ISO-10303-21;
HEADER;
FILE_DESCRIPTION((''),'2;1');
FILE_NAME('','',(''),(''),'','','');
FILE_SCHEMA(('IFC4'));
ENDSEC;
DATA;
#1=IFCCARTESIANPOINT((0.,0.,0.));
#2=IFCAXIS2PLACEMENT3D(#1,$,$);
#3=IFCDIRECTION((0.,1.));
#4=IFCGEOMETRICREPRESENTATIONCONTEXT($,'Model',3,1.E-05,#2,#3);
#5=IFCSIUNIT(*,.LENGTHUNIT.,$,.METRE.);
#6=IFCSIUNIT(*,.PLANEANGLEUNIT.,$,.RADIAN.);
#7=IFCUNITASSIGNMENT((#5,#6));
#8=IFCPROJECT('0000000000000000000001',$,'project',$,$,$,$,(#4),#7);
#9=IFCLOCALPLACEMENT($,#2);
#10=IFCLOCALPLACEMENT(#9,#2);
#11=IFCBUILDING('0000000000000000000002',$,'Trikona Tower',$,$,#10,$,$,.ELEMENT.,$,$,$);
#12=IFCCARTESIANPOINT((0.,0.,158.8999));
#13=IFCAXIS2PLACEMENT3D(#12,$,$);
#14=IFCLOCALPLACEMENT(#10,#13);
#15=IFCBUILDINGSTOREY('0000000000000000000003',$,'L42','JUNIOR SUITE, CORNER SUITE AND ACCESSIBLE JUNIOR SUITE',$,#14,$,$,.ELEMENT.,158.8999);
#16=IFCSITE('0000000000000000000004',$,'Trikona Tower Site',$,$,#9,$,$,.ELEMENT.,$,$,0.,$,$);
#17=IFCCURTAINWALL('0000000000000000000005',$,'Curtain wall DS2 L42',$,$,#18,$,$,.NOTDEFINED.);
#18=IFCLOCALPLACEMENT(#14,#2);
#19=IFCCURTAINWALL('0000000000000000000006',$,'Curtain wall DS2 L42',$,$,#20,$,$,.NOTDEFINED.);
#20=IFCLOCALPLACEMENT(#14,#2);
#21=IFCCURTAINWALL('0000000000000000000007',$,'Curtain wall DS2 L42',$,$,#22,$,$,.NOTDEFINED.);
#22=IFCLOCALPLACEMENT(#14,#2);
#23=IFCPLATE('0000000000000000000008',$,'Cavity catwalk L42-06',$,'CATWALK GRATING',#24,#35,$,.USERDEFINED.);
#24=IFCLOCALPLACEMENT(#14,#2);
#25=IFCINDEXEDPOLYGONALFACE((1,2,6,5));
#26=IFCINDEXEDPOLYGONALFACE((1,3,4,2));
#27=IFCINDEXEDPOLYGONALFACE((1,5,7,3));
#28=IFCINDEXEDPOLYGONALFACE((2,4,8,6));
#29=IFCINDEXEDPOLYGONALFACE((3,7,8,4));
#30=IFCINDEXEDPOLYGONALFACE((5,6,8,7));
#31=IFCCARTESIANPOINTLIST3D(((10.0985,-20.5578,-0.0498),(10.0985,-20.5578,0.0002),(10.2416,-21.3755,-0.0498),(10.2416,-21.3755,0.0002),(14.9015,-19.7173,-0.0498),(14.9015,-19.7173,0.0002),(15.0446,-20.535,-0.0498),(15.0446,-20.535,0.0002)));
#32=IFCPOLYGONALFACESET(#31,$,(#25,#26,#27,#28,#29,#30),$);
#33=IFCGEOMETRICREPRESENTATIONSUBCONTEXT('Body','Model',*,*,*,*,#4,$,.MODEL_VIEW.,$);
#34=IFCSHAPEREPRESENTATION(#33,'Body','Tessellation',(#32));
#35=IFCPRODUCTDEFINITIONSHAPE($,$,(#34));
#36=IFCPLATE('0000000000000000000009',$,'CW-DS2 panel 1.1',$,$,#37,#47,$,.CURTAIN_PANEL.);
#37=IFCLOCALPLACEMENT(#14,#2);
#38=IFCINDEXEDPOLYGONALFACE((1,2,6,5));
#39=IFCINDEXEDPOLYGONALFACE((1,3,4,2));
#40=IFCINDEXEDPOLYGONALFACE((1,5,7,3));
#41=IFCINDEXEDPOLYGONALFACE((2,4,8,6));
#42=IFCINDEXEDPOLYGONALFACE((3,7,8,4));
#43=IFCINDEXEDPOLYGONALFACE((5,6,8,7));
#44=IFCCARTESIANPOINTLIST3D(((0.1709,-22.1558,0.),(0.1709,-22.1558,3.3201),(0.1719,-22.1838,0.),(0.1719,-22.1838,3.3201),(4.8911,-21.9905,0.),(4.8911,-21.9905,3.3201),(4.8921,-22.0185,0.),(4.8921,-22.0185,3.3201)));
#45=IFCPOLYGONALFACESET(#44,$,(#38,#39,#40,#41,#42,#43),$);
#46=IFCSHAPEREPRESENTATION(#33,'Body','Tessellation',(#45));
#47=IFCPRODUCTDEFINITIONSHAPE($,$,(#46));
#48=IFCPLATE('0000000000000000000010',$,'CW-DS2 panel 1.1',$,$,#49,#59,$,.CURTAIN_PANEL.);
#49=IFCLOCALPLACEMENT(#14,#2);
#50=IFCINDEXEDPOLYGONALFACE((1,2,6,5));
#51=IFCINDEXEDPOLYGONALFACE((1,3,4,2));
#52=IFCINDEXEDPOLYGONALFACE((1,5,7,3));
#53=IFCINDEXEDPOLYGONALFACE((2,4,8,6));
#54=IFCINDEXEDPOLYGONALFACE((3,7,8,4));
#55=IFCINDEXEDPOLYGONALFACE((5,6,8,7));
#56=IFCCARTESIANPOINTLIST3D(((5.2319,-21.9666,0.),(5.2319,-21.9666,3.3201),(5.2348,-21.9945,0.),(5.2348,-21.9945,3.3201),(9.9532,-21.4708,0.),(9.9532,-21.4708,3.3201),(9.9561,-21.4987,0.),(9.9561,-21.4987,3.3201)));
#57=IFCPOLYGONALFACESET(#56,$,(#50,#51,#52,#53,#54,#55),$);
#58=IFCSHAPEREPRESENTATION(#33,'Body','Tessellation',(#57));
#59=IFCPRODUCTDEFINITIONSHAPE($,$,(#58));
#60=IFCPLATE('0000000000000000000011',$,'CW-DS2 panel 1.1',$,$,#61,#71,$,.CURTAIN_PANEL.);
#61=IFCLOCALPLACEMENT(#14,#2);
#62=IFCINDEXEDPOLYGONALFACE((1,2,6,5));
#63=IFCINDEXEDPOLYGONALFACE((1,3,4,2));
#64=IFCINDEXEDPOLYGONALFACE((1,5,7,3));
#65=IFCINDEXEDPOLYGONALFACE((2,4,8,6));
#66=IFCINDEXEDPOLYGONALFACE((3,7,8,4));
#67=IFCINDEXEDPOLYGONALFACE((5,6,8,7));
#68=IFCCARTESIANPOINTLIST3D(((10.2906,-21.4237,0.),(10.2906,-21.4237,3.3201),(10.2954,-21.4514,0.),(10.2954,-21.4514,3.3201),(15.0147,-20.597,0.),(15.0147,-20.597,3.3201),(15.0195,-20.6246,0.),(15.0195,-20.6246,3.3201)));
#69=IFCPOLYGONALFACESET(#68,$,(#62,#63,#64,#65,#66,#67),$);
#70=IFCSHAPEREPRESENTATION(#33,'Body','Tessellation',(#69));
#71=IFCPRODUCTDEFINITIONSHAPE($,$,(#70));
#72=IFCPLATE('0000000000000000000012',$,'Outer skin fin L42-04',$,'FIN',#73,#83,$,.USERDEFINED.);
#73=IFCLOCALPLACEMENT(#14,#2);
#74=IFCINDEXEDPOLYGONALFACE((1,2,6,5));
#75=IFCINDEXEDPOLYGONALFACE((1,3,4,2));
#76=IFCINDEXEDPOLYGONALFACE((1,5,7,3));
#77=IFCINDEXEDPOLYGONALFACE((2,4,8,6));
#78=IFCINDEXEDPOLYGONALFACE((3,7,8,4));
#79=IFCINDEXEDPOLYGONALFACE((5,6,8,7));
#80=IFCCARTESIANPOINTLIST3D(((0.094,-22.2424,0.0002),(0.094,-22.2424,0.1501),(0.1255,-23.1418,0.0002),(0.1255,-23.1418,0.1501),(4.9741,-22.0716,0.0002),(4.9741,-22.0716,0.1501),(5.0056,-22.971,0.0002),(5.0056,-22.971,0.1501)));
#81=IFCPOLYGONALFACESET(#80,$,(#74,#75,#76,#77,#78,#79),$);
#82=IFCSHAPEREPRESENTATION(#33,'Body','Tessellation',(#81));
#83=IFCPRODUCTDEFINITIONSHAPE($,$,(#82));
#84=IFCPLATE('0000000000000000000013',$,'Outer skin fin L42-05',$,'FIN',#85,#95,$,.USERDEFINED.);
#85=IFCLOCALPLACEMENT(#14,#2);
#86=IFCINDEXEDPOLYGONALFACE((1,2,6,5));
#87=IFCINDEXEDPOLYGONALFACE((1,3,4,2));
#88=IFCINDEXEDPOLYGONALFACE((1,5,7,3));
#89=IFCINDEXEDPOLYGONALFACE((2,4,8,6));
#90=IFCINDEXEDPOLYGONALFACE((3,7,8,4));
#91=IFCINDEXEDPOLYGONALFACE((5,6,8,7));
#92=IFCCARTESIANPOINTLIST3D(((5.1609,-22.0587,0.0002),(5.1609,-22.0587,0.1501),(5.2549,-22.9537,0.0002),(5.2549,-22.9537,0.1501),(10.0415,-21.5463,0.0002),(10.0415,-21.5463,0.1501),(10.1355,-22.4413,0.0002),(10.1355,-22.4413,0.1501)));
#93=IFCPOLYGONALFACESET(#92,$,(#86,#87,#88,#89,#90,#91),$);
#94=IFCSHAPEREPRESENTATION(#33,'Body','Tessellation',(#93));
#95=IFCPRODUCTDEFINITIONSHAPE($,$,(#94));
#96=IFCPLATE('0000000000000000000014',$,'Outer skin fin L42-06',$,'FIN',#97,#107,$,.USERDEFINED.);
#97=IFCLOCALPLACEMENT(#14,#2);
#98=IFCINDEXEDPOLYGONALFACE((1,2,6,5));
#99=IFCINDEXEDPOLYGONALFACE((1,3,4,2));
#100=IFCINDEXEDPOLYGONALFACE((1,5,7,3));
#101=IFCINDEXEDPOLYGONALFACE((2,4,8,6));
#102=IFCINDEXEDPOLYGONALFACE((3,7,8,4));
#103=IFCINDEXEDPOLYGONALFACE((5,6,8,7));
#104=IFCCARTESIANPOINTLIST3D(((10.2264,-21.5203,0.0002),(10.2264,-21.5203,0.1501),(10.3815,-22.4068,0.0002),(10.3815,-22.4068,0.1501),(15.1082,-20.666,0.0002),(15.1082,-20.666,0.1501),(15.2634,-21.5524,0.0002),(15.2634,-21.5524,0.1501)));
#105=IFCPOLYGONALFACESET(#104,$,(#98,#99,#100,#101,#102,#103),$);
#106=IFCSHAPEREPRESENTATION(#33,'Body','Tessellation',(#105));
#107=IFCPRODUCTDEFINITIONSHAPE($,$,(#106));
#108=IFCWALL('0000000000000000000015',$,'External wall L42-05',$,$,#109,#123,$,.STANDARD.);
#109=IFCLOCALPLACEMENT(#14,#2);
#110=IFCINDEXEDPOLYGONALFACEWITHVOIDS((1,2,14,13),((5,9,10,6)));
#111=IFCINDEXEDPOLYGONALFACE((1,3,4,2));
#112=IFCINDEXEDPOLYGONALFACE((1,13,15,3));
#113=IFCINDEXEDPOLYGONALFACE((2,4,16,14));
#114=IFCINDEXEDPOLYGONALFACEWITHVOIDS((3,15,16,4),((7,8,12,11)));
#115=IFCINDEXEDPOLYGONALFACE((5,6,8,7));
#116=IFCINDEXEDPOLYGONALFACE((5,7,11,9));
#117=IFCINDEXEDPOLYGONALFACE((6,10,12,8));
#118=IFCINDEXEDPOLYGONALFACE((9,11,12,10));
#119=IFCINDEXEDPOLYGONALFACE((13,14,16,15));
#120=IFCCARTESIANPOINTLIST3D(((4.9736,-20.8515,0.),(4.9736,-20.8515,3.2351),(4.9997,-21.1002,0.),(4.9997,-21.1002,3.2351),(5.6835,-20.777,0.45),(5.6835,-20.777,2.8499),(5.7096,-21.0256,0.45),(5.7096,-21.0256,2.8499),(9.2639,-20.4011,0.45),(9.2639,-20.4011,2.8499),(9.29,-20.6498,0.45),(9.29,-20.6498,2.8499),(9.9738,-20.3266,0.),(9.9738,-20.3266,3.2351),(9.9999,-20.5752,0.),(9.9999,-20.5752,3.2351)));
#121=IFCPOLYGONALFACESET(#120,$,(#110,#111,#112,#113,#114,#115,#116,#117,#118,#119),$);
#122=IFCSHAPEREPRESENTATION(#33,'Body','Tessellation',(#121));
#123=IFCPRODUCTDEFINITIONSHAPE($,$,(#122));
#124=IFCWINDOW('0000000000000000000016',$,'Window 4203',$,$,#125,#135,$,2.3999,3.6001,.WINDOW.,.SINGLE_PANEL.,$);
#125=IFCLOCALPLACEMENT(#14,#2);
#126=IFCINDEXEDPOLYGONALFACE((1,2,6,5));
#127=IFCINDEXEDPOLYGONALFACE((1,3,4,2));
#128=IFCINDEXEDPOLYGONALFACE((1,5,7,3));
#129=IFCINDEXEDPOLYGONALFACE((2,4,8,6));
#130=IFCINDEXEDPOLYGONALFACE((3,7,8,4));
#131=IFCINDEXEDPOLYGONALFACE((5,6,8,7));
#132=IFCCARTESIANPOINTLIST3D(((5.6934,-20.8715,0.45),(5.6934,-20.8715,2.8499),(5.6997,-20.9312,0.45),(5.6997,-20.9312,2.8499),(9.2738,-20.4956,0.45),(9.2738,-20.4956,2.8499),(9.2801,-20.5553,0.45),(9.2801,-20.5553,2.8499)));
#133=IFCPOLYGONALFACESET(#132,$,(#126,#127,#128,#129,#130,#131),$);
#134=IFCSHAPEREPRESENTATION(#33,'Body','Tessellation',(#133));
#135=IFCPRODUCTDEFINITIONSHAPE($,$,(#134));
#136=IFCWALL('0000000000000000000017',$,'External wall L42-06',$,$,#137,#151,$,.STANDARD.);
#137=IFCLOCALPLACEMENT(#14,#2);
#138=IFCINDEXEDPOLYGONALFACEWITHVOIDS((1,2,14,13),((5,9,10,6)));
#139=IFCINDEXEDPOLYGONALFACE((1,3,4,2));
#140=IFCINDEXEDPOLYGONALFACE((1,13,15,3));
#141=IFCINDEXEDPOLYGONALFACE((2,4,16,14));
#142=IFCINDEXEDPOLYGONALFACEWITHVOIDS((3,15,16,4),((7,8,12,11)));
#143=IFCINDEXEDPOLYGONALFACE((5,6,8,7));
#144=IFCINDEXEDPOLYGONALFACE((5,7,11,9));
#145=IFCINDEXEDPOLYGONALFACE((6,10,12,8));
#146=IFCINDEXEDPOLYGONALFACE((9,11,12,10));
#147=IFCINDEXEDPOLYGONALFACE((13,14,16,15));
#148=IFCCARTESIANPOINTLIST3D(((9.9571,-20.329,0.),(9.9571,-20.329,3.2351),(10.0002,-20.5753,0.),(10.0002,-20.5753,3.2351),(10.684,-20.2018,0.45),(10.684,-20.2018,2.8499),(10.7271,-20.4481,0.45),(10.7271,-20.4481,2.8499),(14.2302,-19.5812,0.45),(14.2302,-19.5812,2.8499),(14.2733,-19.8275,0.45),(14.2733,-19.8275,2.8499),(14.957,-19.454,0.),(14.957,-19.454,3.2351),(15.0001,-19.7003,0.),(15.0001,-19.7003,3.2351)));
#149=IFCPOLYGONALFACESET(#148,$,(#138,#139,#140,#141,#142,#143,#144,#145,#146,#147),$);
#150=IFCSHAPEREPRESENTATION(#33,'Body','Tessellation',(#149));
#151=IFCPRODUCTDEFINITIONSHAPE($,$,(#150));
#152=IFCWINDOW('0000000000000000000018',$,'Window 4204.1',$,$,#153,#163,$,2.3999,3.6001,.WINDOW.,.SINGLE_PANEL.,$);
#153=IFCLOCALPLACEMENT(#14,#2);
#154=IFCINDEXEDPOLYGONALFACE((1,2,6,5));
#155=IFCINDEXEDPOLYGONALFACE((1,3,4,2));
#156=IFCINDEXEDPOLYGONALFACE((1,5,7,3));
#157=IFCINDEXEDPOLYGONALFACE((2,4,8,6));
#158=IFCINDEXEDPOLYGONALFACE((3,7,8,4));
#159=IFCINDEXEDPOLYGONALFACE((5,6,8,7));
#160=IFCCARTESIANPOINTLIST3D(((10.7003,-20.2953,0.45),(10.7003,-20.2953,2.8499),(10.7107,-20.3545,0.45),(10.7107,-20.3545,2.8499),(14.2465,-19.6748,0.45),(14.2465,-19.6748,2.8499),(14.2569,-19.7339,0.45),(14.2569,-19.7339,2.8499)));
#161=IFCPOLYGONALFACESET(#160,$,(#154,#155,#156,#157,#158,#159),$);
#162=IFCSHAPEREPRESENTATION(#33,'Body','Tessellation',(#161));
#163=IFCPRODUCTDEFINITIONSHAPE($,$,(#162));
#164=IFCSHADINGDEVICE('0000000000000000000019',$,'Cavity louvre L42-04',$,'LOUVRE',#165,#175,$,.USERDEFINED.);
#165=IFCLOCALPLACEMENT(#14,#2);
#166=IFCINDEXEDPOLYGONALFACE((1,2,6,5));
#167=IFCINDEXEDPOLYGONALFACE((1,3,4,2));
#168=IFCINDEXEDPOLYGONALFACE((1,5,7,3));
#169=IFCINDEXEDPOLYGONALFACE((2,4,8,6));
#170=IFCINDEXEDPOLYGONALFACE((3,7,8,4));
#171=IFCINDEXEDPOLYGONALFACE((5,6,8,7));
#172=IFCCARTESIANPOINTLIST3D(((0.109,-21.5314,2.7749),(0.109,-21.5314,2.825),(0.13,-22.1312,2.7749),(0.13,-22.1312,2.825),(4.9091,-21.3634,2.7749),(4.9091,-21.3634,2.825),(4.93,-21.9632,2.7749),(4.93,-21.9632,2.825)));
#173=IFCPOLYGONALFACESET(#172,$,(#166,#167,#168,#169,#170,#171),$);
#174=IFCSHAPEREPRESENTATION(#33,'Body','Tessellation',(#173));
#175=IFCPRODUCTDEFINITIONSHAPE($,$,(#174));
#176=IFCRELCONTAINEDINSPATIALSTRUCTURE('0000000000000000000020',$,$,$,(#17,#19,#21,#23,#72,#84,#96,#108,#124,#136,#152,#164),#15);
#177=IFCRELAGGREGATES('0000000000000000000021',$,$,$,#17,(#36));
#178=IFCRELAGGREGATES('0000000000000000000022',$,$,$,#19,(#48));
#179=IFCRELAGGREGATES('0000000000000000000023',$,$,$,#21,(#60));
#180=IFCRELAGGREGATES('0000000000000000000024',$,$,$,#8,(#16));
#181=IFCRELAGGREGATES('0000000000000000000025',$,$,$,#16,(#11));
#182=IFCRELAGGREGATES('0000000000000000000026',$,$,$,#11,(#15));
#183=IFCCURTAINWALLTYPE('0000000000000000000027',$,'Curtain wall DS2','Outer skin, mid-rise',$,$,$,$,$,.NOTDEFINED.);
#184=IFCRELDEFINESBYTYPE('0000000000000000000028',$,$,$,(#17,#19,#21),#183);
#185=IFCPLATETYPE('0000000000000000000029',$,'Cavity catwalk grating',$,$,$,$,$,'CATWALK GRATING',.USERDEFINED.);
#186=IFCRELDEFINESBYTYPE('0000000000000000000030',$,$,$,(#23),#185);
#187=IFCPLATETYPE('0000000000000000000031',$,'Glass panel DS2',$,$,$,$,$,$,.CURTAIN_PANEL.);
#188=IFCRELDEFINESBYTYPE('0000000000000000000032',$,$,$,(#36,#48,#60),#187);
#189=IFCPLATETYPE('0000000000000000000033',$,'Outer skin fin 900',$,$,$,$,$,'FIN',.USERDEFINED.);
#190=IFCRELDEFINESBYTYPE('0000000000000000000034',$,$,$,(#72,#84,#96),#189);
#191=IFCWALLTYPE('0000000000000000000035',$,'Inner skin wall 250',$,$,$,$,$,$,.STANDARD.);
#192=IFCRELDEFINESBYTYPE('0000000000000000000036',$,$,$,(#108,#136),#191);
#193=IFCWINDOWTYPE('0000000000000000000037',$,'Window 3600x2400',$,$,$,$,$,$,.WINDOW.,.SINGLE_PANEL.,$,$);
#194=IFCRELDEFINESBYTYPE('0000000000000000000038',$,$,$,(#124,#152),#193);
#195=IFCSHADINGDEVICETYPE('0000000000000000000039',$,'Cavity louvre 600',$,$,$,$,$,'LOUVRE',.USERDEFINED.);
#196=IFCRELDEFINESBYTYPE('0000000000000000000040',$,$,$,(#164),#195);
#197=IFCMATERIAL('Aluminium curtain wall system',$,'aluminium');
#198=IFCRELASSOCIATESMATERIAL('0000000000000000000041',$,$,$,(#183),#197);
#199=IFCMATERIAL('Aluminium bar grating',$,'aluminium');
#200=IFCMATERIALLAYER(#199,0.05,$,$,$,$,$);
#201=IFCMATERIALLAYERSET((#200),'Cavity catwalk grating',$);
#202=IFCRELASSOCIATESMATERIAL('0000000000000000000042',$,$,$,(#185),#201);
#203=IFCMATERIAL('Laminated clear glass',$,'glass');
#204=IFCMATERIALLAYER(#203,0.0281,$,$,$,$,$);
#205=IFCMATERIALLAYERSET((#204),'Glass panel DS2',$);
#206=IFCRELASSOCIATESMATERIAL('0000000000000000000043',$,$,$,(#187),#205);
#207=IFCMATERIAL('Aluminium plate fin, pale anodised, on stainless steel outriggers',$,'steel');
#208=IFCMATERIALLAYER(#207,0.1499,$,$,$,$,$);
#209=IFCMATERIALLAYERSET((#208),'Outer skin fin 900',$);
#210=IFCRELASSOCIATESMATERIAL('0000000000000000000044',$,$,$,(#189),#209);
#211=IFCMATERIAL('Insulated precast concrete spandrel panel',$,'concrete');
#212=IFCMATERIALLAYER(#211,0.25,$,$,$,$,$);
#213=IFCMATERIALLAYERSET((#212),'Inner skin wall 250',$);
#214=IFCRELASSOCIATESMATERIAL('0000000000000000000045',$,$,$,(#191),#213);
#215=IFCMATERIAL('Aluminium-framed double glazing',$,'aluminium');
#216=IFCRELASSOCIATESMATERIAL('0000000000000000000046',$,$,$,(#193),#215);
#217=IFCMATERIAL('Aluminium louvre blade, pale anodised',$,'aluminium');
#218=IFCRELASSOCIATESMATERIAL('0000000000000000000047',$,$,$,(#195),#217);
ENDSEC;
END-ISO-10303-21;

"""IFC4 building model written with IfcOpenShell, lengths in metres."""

from ifc_helpers import new_model, si_unit, direction, frame, frame_2d, origin, origin_2d, place, context, subcontext, project, spatial, rectangle, extrude, material, layer, layer_set, type_object, element, fill, aggregate, save


model = new_model("IFC4")

# Units and contexts
model_context = context("Model", 3, precision=1e-05, world=origin(), true_north=direction((0.0, 1.0)))
body_context = subcontext(model_context, "Body", "Model", "MODEL_VIEW")
ifc_project = project(units=[si_unit("LENGTHUNIT", "METRE"), si_unit("PLANEANGLEUNIT", "RADIAN")], contexts=[model_context])

# Site, building, storey
site_placement = place(None, origin())
site = spatial("IfcSite", under=ifc_project, at=site_placement, Name="Trikona Tower Site", CompositionType="ELEMENT", RefElevation=0.0)
building_placement = place(site_placement, origin())
building = spatial("IfcBuilding", under=site, at=building_placement, Name="Trikona Tower", CompositionType="ELEMENT")
storey_placement = place(building_placement, frame((0.0, 0.0, 158.8999)))
storey = spatial("IfcBuildingStorey", under=building, at=storey_placement, Name="L42", Description="JUNIOR SUITE, CORNER SUITE AND ACCESSIBLE JUNIOR SUITE", CompositionType="ELEMENT", Elevation=158.8999)

# Curtain walls
ifc_material_1 = material(Name="Aluminium curtain wall system", Category="aluminium")
curtain_wall_type = type_object("IfcCurtainWallType", Name="Curtain wall DS2", Description="Outer skin, mid-rise", PredefinedType="NOTDEFINED", material=ifc_material_1)
curtain_wall_1_placement = place(storey_placement, origin())
curtain_wall_1 = element("IfcCurtainWall", 1, at=curtain_wall_1_placement, inside=storey, type_object=curtain_wall_type, Name="Curtain wall DS2 L42", PredefinedType="NOTDEFINED")
curtain_wall_2_placement = place(storey_placement, origin())
curtain_wall_2 = element("IfcCurtainWall", 2, at=curtain_wall_2_placement, inside=storey, type_object=curtain_wall_type, Name="Curtain wall DS2 L42", PredefinedType="NOTDEFINED")

# Curtain wall
curtain_wall_3_placement = place(storey_placement, origin())
curtain_wall_3 = element("IfcCurtainWall", 3, at=curtain_wall_3_placement, inside=storey, type_object=curtain_wall_type, Name="Curtain wall DS2 L42", PredefinedType="NOTDEFINED")

# Plate
ifc_material_2 = material(Name="Aluminium bar grating", Category="aluminium")
ifc_layer_1 = layer(ifc_material_2, 0.05)
ifc_layer_set_1 = layer_set([ifc_layer_1], Name="Cavity catwalk grating")
plate_type_1 = type_object("IfcPlateType", Name="Cavity catwalk grating", ElementType="CATWALK GRATING", PredefinedType="USERDEFINED", material=ifc_layer_set_1)
plate_1_placement = place(storey_placement, frame((12.5715, -20.5464, -0.0498), z_axis=(0.0, 0.0, 1.0), x_axis=(0.985031, 0.17238, 0.0)))
element("IfcPlate", 4, at=plate_1_placement, inside=storey, type_object=plate_type_1, Name="Cavity catwalk L42-06", ObjectType="CATWALK GRATING", PredefinedType="USERDEFINED", context=body_context, shape_type="SweptSolid", body=[
    extrude(rectangle(XDim=4.876, YDim=0.8301, at=origin_2d()), origin(), (0.0, 0.0, 1.0), 0.05),
])

# Plates
ifc_material_3 = material(Name="Laminated clear glass", Category="glass")
ifc_layer_2 = layer(ifc_material_3, 0.0281)
ifc_layer_set_2 = layer_set([ifc_layer_2], Name="Glass panel DS2")
plate_type_2 = type_object("IfcPlateType", Name="Glass panel DS2", PredefinedType="CURTAIN_PANEL", material=ifc_layer_set_2)
plate_2_placement = place(storey_placement, frame((2.5315, -22.0872, 0.0), z_axis=(0.0, 0.0, 1.0), x_axis=(0.999387, 0.034998, 0.0)))
plate_2 = element("IfcPlate", 5, at=plate_2_placement, type_object=plate_type_2, Name="CW-DS2 panel 1.1", PredefinedType="CURTAIN_PANEL", context=body_context, shape_type="SweptSolid", body=[
    extrude(rectangle(XDim=4.7231, YDim=0.0281, at=origin_2d()), origin(), (0.0, 0.0, 1.0), 3.3201),
])
aggregate(curtain_wall_1, [plate_2])
plate_3_placement = place(storey_placement, frame((7.594, -21.7327, 0.0), z_axis=(0.0, 0.0, 1.0), x_axis=(0.994532, 0.104433, 0.0)))
plate_3 = element("IfcPlate", 6, at=plate_3_placement, type_object=plate_type_2, Name="CW-DS2 panel 1.1", PredefinedType="CURTAIN_PANEL", context=body_context, shape_type="SweptSolid", body=[
    extrude(rectangle(XDim=4.7473, YDim=0.0281, at=origin_2d()), origin(), (0.0, 0.0, 1.0), 3.3201),
])
aggregate(curtain_wall_2, [plate_3])
plate_4_placement = place(storey_placement, frame((12.655, -21.0242, 0.0), z_axis=(0.0, 0.0, 1.0), x_axis=(0.985031, 0.172377, 0.0)))
plate_4 = element("IfcPlate", 7, at=plate_4_placement, type_object=plate_type_2, Name="CW-DS2 panel 1.1", PredefinedType="CURTAIN_PANEL", context=body_context, shape_type="SweptSolid", body=[
    extrude(rectangle(XDim=4.7959, YDim=0.0281, at=origin_2d()), origin(), (0.0, 0.0, 1.0), 3.3201),
])
aggregate(curtain_wall_3, [plate_4])

# Plates
ifc_material_4 = material(Name="Aluminium plate fin, pale anodised, on stainless steel outriggers", Category="steel")
ifc_layer_3 = layer(ifc_material_4, 0.1499)
ifc_layer_set_3 = layer_set([ifc_layer_3], Name="Outer skin fin 900")
plate_type_3 = type_object("IfcPlateType", Name="Outer skin fin 900", ElementType="FIN", PredefinedType="USERDEFINED", material=ifc_layer_set_3)
plate_5_placement = place(storey_placement, frame((2.5498, -22.6067, 0.0002), z_axis=(0.0, 0.0, 1.0), x_axis=(0.999388, 0.034978, 0.0)))
element("IfcPlate", 8, at=plate_5_placement, inside=storey, type_object=plate_type_3, Name="Outer skin fin L42-04", ObjectType="FIN", PredefinedType="USERDEFINED", context=body_context, shape_type="SweptSolid", body=[
    extrude(rectangle(XDim=4.8831, YDim=0.8999, at=origin_2d()), origin(), (0.0, 0.0, 1.0), 0.1499),
])
plate_6_placement = place(storey_placement, frame((7.6482, -22.25, 0.0002), z_axis=(0.0, 0.0, 1.0), x_axis=(0.994533, 0.104426, 0.0)))
element("IfcPlate", 9, at=plate_6_placement, inside=storey, type_object=plate_type_3, Name="Outer skin fin L42-05", ObjectType="FIN", PredefinedType="USERDEFINED", context=body_context, shape_type="SweptSolid", body=[
    extrude(rectangle(XDim=4.9075, YDim=0.8999, at=origin_2d()), origin(), (0.0, 0.0, 1.0), 0.1499),
])
plate_7_placement = place(storey_placement, frame((12.7449, -21.5364, 0.0002), z_axis=(0.0, 0.0, 1.0), x_axis=(0.985031, 0.17238, 0.0)))
element("IfcPlate", 10, at=plate_7_placement, inside=storey, type_object=plate_type_3, Name="Outer skin fin L42-06", ObjectType="FIN", PredefinedType="USERDEFINED", context=body_context, shape_type="SweptSolid", body=[
    extrude(rectangle(XDim=4.9561, YDim=0.8999, at=origin_2d()), origin(), (0.0, 0.0, 1.0), 0.1499),
])

# Walls, openings, windows
ifc_material_5 = material(Name="Insulated precast concrete spandrel panel", Category="concrete")
ifc_layer_4 = layer(ifc_material_5, 0.25)
ifc_layer_set_4 = layer_set([ifc_layer_4], Name="Inner skin wall 250")
wall_type = type_object("IfcWallType", Name="Inner skin wall 250", PredefinedType="STANDARD", material=ifc_layer_set_4)
wall_1_placement = place(storey_placement, frame((4.9868, -20.9758, 0.0), z_axis=(0.0, 0.0, 1.0), x_axis=(0.994535, 0.104407, 0.0)))
wall_1 = element("IfcWall", 11, at=wall_1_placement, inside=storey, type_object=wall_type, Name="External wall L42-05", PredefinedType="STANDARD", context=body_context, shape_type="SweptSolid", body=[
    extrude(rectangle(XDim=5.0276, YDim=0.25, at=frame_2d((2.5137, 0.0))), origin(), (0.0, 0.0, 1.0), 3.2351),
])
opening_1_placement = place(wall_1_placement, frame((0.7136, 0.0, 0.45)))
opening_1 = element("IfcOpeningElement", 12, at=opening_1_placement, cuts=wall_1, PredefinedType="OPENING", context=body_context, shape_type="SweptSolid", body=[
    extrude(rectangle(XDim=3.6001, YDim=2.3999, at=frame_2d((1.8, 1.2))), frame((0.0, 0.135, 0.0), z_axis=(0.0, -1.0, 0.0), x_axis=(1.0, 0.0, 0.0)), (0.0, 0.0, 1.0), 0.27),
])
ifc_material_6 = material(Name="Aluminium-framed double glazing", Category="aluminium")
window_type = type_object("IfcWindowType", Name="Window 3600x2400", PartitioningType="SINGLE_PANEL", PredefinedType="WINDOW", material=ifc_material_6)
window_1_placement = place(opening_1_placement, origin())
window_1 = element("IfcWindow", 13, at=window_1_placement, inside=storey, type_object=window_type, Name="Window 4203", OverallHeight=2.3999, OverallWidth=3.6001, PartitioningType="SINGLE_PANEL", PredefinedType="WINDOW", context=body_context, shape_type="SweptSolid", body=[
    extrude(rectangle(XDim=3.6001, YDim=2.3999, at=frame_2d((1.8, 1.2))), frame((0.0, 0.03, 0.0), z_axis=(0.0, -1.0, 0.0), x_axis=(1.0, 0.0, 0.0)), (0.0, 0.0, 1.0), 0.0601),
])
fill(opening_1, window_1)
wall_2_placement = place(storey_placement, frame((9.9785, -20.4521, 0.0), z_axis=(0.0, 0.0, 1.0), x_axis=(0.98503, 0.17238, 0.0)))
wall_2 = element("IfcWall", 14, at=wall_2_placement, inside=storey, type_object=wall_type, Name="External wall L42-06", PredefinedType="STANDARD", context=body_context, shape_type="SweptSolid", body=[
    extrude(rectangle(XDim=5.0759, YDim=0.25, at=frame_2d((2.5381, 0.0))), origin(), (0.0, 0.0, 1.0), 3.2351),
])
opening_2_placement = place(wall_2_placement, frame((0.738, 0.0, 0.45)))
opening_2 = element("IfcOpeningElement", 15, at=opening_2_placement, cuts=wall_2, PredefinedType="OPENING", context=body_context, shape_type="SweptSolid", body=[
    extrude(rectangle(XDim=3.6001, YDim=2.3999, at=frame_2d((1.8, 1.2))), frame((0.0, 0.135, 0.0), z_axis=(0.0, -1.0, 0.0), x_axis=(1.0, 0.0, 0.0)), (0.0, 0.0, 1.0), 0.27),
])
window_2_placement = place(opening_2_placement, origin())
window_2 = element("IfcWindow", 16, at=window_2_placement, inside=storey, type_object=window_type, Name="Window 4204.1", OverallHeight=2.3999, OverallWidth=3.6001, PartitioningType="SINGLE_PANEL", PredefinedType="WINDOW", context=body_context, shape_type="SweptSolid", body=[
    extrude(rectangle(XDim=3.6001, YDim=2.3999, at=frame_2d((1.8, 1.2))), frame((0.0, 0.03, 0.0), z_axis=(0.0, -1.0, 0.0), x_axis=(1.0, 0.0, 0.0)), (0.0, 0.0, 1.0), 0.0601),
])
fill(opening_2, window_2)

# Shading device
ifc_material_7 = material(Name="Aluminium louvre blade, pale anodised", Category="aluminium")
shading_device_type = type_object("IfcShadingDeviceType", Name="Cavity louvre 600", ElementType="LOUVRE", PredefinedType="USERDEFINED", material=ifc_material_7)
shading_device_1_placement = place(storey_placement, frame((2.5195, -21.7473, 2.7749), z_axis=(0.0, 0.0, 1.0), x_axis=(0.999388, 0.034978, 0.0)))
element("IfcShadingDevice", 17, at=shading_device_1_placement, inside=storey, type_object=shading_device_type, Name="Cavity louvre L42-04", ObjectType="LOUVRE", PredefinedType="USERDEFINED", context=body_context, shape_type="SweptSolid", body=[
    extrude(rectangle(XDim=4.803, YDim=0.6001, at=origin_2d()), origin(), (0.0, 0.0, 1.0), 0.05),
])

save(model, "model.ifc")
